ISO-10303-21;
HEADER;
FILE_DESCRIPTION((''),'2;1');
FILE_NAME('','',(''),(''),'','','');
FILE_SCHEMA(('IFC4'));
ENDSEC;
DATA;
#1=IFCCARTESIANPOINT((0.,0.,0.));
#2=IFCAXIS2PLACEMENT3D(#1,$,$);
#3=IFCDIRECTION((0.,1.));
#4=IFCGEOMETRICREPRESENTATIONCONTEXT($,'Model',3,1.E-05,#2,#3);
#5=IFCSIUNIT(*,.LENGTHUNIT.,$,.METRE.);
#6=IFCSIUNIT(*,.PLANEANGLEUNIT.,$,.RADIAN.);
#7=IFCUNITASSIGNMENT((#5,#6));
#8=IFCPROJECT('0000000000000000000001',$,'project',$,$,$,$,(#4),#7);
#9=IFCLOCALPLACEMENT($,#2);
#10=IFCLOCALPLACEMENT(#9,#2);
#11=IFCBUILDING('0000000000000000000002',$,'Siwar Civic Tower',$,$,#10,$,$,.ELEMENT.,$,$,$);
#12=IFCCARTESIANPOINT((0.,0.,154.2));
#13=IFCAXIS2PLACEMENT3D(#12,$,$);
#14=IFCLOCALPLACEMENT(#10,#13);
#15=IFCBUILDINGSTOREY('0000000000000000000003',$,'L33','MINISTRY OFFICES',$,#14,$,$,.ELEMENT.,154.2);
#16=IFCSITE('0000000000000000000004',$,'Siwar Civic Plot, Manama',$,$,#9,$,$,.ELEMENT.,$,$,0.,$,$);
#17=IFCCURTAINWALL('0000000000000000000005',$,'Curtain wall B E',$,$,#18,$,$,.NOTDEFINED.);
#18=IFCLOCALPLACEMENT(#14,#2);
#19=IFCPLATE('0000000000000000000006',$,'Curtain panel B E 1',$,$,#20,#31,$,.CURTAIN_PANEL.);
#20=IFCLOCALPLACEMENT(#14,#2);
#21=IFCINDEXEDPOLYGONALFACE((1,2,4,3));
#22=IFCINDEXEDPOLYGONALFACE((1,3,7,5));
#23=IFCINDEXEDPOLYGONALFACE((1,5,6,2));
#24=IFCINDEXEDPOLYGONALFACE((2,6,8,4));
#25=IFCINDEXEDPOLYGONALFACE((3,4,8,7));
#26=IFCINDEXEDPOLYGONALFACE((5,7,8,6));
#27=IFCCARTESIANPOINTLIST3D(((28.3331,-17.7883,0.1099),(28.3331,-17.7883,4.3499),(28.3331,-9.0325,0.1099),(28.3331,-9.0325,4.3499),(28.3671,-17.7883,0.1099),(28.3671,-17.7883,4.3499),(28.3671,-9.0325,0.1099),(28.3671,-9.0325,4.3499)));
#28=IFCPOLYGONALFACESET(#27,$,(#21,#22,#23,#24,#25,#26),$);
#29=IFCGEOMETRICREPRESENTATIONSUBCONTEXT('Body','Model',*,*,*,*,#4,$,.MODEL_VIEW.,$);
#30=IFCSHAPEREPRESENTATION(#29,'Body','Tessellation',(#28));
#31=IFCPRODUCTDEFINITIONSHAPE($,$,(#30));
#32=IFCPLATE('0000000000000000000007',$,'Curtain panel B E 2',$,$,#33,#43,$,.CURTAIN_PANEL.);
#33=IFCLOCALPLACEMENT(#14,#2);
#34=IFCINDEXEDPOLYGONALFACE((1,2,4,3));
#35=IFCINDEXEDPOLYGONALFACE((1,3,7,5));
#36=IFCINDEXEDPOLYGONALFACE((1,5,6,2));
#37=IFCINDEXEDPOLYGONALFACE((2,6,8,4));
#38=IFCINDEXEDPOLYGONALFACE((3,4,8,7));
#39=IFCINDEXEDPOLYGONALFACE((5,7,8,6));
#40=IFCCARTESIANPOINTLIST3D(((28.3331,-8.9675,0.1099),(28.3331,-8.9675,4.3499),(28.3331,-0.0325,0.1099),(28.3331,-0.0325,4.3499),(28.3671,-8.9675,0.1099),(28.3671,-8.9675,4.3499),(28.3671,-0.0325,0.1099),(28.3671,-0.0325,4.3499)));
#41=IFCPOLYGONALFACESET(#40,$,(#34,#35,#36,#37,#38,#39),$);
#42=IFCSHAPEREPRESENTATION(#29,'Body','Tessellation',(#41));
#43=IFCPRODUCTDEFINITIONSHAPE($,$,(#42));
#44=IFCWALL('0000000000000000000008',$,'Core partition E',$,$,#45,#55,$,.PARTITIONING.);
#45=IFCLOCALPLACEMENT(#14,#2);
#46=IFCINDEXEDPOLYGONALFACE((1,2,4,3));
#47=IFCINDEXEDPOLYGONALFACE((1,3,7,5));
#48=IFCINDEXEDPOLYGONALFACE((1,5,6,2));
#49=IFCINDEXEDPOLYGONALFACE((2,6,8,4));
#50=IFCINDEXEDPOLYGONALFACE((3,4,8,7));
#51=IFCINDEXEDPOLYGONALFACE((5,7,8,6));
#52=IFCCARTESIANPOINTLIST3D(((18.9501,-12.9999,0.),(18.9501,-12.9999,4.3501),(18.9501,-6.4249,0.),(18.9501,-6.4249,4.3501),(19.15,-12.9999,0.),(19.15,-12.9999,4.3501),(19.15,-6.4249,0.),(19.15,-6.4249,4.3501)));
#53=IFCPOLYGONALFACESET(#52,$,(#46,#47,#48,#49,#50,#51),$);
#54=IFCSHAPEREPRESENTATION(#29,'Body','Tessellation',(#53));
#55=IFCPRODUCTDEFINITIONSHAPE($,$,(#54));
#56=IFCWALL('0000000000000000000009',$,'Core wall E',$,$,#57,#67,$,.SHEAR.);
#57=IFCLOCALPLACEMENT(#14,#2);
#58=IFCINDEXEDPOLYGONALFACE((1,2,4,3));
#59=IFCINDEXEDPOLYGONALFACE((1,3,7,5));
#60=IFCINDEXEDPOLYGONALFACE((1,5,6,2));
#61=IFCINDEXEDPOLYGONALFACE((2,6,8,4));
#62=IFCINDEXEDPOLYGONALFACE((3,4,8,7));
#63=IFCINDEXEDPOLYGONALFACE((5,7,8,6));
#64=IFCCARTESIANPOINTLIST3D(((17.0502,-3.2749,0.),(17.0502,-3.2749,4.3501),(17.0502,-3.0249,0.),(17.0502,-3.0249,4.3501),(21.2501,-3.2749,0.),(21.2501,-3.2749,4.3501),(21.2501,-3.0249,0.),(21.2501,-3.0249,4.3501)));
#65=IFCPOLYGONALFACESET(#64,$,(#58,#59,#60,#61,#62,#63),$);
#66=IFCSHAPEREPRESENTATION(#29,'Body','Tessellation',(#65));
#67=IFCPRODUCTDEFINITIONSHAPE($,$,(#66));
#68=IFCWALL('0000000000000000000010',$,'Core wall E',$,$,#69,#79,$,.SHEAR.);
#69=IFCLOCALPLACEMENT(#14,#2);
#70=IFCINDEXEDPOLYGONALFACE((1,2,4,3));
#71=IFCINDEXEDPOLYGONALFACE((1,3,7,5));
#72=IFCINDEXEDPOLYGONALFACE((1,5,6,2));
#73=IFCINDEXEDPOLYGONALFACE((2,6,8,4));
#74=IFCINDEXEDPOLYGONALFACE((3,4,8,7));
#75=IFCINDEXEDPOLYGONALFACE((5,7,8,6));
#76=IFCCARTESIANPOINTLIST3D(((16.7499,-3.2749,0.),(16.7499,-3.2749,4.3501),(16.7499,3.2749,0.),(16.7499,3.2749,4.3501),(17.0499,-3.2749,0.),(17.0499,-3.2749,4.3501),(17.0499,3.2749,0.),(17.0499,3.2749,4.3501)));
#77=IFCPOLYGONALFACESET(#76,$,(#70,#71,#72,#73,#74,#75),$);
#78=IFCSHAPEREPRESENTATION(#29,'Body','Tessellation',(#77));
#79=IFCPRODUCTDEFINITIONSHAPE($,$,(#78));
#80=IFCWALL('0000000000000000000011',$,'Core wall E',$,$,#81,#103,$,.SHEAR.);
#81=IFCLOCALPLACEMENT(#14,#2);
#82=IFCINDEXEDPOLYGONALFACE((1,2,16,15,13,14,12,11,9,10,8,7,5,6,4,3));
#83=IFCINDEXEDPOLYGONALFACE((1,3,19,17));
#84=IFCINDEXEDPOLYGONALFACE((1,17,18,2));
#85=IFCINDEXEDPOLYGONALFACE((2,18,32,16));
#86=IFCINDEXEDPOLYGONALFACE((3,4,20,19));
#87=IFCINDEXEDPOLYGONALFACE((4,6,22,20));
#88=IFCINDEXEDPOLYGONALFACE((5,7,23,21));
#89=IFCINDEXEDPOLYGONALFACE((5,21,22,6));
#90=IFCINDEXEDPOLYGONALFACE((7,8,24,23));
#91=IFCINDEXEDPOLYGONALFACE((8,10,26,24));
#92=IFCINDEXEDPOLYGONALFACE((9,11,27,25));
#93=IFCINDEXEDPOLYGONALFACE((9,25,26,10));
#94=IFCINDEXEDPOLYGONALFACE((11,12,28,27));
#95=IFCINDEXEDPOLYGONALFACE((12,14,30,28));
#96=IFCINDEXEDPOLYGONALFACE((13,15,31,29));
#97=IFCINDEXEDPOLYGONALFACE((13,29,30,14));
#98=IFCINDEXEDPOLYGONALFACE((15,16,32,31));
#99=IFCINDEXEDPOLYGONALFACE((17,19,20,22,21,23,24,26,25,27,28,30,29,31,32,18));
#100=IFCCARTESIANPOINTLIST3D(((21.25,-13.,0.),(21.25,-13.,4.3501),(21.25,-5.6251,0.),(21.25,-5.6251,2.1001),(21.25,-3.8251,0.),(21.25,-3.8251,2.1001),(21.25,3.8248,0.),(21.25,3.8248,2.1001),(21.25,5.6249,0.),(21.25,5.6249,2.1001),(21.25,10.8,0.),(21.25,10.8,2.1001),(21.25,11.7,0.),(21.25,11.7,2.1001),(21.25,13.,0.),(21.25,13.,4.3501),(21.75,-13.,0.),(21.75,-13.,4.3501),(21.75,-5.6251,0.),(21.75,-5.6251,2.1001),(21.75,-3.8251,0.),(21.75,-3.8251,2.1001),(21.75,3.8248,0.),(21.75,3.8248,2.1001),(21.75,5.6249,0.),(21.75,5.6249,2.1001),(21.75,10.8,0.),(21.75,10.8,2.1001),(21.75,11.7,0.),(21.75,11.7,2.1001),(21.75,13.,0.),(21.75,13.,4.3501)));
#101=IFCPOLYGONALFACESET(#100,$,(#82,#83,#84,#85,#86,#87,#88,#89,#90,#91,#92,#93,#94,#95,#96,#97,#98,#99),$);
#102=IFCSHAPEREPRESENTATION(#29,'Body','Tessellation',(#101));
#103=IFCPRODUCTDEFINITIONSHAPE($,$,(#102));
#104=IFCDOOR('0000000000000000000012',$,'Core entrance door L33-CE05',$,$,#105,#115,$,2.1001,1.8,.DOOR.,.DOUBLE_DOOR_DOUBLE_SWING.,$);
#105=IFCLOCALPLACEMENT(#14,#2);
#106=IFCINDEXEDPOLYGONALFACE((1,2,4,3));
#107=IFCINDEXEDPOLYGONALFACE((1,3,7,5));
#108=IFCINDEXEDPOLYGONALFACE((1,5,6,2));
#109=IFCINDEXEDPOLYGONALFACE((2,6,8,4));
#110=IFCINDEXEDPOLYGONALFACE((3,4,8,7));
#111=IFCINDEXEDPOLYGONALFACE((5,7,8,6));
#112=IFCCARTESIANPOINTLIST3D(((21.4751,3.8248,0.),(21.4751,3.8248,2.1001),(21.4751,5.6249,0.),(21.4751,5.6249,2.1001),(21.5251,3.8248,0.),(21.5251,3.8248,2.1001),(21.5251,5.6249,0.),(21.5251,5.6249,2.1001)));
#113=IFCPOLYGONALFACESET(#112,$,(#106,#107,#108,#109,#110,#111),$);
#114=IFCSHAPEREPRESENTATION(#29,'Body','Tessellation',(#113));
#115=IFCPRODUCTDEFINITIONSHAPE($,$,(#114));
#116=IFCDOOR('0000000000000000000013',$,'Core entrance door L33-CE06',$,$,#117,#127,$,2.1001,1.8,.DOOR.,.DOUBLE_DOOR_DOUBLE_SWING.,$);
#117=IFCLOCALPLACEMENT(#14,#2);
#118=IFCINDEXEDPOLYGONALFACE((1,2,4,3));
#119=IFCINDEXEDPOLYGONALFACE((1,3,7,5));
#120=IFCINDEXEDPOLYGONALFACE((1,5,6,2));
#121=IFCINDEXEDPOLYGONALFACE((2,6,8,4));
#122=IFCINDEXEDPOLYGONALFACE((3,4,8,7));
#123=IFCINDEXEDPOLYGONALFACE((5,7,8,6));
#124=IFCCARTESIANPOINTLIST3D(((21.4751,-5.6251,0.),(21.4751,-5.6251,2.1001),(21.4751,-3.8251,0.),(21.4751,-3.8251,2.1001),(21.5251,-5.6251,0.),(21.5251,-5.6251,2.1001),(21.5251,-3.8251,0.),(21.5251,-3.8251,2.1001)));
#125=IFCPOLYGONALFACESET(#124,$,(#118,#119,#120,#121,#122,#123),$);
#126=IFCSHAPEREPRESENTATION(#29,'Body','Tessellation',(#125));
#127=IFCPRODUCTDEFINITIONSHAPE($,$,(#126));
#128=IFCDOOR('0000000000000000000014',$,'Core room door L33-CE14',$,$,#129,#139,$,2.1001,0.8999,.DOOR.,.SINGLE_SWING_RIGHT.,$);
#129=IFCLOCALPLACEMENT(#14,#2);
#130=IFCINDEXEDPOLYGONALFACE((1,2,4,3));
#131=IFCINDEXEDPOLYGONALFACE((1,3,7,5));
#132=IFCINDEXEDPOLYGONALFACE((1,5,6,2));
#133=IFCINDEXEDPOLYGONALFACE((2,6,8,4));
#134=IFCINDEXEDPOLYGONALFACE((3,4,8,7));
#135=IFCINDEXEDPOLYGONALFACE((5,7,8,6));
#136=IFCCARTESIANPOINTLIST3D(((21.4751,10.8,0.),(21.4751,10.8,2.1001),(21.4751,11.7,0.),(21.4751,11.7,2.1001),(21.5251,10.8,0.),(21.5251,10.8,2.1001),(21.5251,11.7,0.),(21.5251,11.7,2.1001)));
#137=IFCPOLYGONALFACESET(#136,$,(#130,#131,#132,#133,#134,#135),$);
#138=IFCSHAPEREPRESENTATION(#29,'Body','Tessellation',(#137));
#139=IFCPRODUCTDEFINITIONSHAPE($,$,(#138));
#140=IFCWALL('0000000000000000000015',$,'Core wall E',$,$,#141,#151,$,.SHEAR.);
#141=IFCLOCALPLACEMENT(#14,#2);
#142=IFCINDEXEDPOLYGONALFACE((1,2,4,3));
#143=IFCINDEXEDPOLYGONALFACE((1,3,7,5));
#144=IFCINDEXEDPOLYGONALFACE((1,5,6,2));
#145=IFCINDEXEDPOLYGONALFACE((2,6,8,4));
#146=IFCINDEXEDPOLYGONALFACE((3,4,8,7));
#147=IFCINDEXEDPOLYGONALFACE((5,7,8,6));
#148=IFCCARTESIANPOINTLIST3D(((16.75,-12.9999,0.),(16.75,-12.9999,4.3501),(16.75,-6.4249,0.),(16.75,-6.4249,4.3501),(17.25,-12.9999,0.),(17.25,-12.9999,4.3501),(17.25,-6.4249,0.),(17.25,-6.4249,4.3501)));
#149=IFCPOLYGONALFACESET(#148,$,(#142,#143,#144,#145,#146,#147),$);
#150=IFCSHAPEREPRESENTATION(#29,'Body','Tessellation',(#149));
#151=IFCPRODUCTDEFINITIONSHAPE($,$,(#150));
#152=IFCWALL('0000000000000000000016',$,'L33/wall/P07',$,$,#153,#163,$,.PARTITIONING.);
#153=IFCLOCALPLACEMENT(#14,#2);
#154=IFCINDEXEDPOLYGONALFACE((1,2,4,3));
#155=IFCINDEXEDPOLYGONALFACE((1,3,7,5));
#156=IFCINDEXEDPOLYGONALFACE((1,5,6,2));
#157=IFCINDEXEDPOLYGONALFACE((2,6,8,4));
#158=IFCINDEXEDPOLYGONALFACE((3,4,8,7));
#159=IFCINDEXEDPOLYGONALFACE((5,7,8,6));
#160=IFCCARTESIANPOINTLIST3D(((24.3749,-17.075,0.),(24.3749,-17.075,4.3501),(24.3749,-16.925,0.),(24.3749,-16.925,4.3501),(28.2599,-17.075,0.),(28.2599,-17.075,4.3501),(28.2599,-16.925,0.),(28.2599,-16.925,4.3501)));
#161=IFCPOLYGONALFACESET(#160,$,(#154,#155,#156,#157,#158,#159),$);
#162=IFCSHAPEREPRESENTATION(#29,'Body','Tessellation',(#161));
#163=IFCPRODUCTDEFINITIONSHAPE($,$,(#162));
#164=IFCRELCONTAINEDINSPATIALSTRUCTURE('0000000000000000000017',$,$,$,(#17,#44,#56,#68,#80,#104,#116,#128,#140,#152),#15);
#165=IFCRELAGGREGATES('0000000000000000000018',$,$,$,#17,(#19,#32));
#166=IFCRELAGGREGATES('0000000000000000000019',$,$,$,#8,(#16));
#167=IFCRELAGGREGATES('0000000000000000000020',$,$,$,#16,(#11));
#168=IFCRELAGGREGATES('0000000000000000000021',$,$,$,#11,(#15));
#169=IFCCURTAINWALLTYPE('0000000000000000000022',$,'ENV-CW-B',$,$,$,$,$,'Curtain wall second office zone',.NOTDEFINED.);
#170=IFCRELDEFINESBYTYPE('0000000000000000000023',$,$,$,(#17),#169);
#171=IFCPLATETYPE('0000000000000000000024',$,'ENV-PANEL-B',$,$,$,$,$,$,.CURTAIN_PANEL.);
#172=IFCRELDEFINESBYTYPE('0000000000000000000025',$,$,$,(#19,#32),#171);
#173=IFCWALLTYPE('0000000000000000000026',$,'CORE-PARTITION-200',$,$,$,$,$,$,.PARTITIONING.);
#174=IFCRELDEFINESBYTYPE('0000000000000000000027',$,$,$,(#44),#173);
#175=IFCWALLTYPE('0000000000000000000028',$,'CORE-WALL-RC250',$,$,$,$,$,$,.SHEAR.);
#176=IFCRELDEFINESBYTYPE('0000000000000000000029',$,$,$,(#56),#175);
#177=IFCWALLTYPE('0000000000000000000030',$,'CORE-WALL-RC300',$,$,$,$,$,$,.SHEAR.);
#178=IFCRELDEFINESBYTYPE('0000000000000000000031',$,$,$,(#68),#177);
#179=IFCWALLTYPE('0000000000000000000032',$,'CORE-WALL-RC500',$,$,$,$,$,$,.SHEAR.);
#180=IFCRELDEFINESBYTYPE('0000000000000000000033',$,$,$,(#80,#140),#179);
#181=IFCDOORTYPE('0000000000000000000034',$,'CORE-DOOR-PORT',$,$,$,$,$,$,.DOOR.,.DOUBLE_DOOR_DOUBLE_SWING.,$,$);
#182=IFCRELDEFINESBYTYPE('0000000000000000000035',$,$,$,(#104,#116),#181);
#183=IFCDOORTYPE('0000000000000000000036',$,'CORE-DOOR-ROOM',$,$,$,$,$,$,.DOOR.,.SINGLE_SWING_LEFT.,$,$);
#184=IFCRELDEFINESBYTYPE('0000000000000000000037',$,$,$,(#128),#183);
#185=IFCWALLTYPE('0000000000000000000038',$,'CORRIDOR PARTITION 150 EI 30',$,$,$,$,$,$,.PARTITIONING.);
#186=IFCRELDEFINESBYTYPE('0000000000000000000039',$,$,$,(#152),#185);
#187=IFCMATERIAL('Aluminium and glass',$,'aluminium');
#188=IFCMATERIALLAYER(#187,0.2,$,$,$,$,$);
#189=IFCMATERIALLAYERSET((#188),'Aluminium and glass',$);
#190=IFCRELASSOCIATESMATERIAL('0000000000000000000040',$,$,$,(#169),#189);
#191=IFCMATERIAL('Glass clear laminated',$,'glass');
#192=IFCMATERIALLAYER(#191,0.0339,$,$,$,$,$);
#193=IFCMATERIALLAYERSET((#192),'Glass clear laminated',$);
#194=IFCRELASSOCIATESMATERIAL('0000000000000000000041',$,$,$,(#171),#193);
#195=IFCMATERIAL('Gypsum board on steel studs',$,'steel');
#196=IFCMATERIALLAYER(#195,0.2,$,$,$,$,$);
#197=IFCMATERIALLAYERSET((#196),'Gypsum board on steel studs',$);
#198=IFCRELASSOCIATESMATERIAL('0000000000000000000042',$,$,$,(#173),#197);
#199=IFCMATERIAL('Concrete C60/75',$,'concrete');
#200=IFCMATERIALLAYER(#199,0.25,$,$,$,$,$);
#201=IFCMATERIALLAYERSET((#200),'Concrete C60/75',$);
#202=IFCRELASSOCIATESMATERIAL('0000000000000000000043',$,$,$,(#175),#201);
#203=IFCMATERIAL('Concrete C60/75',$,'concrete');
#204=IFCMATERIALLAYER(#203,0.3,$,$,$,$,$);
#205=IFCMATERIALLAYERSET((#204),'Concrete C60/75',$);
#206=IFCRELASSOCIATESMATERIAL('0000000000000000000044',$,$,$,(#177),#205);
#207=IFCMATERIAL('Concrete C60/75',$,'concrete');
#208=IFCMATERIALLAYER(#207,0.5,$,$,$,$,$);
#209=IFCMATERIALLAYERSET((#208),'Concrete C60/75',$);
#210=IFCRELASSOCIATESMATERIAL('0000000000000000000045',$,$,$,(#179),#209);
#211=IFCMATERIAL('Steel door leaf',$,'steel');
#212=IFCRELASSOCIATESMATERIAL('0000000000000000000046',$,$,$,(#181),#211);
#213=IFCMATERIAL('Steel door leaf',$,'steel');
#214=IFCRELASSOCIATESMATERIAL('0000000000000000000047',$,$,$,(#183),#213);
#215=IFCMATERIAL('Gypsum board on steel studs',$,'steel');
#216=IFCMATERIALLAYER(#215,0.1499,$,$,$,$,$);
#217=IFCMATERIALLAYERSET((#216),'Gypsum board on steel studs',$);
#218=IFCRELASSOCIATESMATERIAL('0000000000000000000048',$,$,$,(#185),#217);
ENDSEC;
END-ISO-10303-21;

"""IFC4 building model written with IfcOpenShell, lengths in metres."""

from ifc_helpers import new_model, si_unit, direction, frame, frame_2d, origin, origin_2d, place, context, subcontext, project, spatial, rectangle, extrude, material, layer, layer_set, type_object, element, fill, aggregate, save


model = new_model("IFC4")

# Units and contexts
model_context = context("Model", 3, precision=1e-05, world=origin(), true_north=direction((0.0, 1.0)))
body_context = subcontext(model_context, "Body", "Model", "MODEL_VIEW")
ifc_project = project(units=[si_unit("LENGTHUNIT", "METRE"), si_unit("PLANEANGLEUNIT", "RADIAN")], contexts=[model_context])

# Site, building, storey
site_placement = place(None, origin())
site = spatial("IfcSite", under=ifc_project, at=site_placement, Name="Siwar Civic Plot, Manama", CompositionType="ELEMENT", RefElevation=0.0)
building_placement = place(site_placement, origin())
building = spatial("IfcBuilding", under=site, at=building_placement, Name="Siwar Civic Tower", CompositionType="ELEMENT")
storey_placement = place(building_placement, frame((0.0, 0.0, 154.2)))
storey = spatial("IfcBuildingStorey", under=building, at=storey_placement, Name="L33", Description="MINISTRY OFFICES", CompositionType="ELEMENT", Elevation=154.2)

# Curtain wall
ifc_material_1 = material(Name="Aluminium and glass", Category="aluminium")
ifc_layer_1 = layer(ifc_material_1, 0.2)
ifc_layer_set_1 = layer_set([ifc_layer_1], Name="Aluminium and glass")
curtain_wall_type = type_object("IfcCurtainWallType", Name="ENV-CW-B", ElementType="Curtain wall second office zone", PredefinedType="NOTDEFINED", material=ifc_layer_set_1)
curtain_wall_placement = place(storey_placement, origin())
curtain_wall = element("IfcCurtainWall", 1, at=curtain_wall_placement, inside=storey, type_object=curtain_wall_type, Name="Curtain wall B E", PredefinedType="NOTDEFINED")

# Plates
ifc_material_2 = material(Name="Glass clear laminated", Category="glass")
ifc_layer_2 = layer(ifc_material_2, 0.0339)
ifc_layer_set_2 = layer_set([ifc_layer_2], Name="Glass clear laminated")
plate_type = type_object("IfcPlateType", Name="ENV-PANEL-B", PredefinedType="CURTAIN_PANEL", material=ifc_layer_set_2)
plate_1_placement = place(storey_placement, frame((28.3501, -13.4104, 0.1099), z_axis=(0.0, 0.0, 1.0), x_axis=(0.0, 1.0, 0.0)))
plate_1 = element("IfcPlate", 2, at=plate_1_placement, type_object=plate_type, Name="Curtain panel B E 1", PredefinedType="CURTAIN_PANEL", context=body_context, shape_type="SweptSolid", body=[
    extrude(rectangle(XDim=8.7559, YDim=0.0339, at=origin_2d()), origin(), (0.0, 0.0, 1.0), 4.24),
])
plate_2_placement = place(storey_placement, frame((28.3501, -4.5, 0.1099), z_axis=(0.0, 0.0, 1.0), x_axis=(0.0, 1.0, 0.0)))
plate_2 = element("IfcPlate", 3, at=plate_2_placement, type_object=plate_type, Name="Curtain panel B E 2", PredefinedType="CURTAIN_PANEL", context=body_context, shape_type="SweptSolid", body=[
    extrude(rectangle(XDim=8.9351, YDim=0.0339, at=origin_2d()), origin(), (0.0, 0.0, 1.0), 4.24),
])
aggregate(curtain_wall, [plate_1, plate_2])

# Walls
ifc_material_3 = material(Name="Gypsum board on steel studs", Category="steel")
ifc_layer_3 = layer(ifc_material_3, 0.2)
ifc_layer_set_3 = layer_set([ifc_layer_3], Name="Gypsum board on steel studs")
wall_type_1 = type_object("IfcWallType", Name="CORE-PARTITION-200", PredefinedType="PARTITIONING", material=ifc_layer_set_3)
wall_1_placement = place(storey_placement, frame((19.05, -13.0, 0.0), z_axis=(0.0, 0.0, 1.0), x_axis=(0.0, 1.0, 0.0)))
element("IfcWall", 4, at=wall_1_placement, inside=storey, type_object=wall_type_1, Name="Core partition E", PredefinedType="PARTITIONING", context=body_context, shape_type="SweptSolid", body=[
    extrude(rectangle(XDim=6.575, YDim=0.2, at=frame_2d((3.2876, 0.0))), origin(), (0.0, 0.0, 1.0), 4.3501),
])
ifc_material_4 = material(Name="Concrete C60/75", Category="concrete")
ifc_layer_4 = layer(ifc_material_4, 0.25)
ifc_layer_set_4 = layer_set([ifc_layer_4], Name="Concrete C60/75")
wall_type_2 = type_object("IfcWallType", Name="CORE-WALL-RC250", PredefinedType="SHEAR", material=ifc_layer_set_4)
wall_2_placement = place(storey_placement, frame((17.05, -3.1499, 0.0), z_axis=(0.0, 0.0, 1.0), x_axis=(1.0, 0.0, 0.0)))
element("IfcWall", 5, at=wall_2_placement, inside=storey, type_object=wall_type_2, Name="Core wall E", PredefinedType="SHEAR", context=body_context, shape_type="SweptSolid", body=[
    extrude(rectangle(XDim=4.2, YDim=0.25, at=frame_2d((2.1001, 0.0))), origin(), (0.0, 0.0, 1.0), 4.3501),
])
ifc_material_5 = material(Name="Concrete C60/75", Category="concrete")
ifc_layer_5 = layer(ifc_material_5, 0.3)
ifc_layer_set_5 = layer_set([ifc_layer_5], Name="Concrete C60/75")
wall_type_3 = type_object("IfcWallType", Name="CORE-WALL-RC300", PredefinedType="SHEAR", material=ifc_layer_set_5)
wall_3_placement = place(storey_placement, frame((16.8999, -3.2749, 0.0), z_axis=(0.0, 0.0, 1.0), x_axis=(0.0, 1.0, 0.0)))
element("IfcWall", 6, at=wall_3_placement, inside=storey, type_object=wall_type_3, Name="Core wall E", PredefinedType="SHEAR", context=body_context, shape_type="SweptSolid", body=[
    extrude(rectangle(XDim=6.5498, YDim=0.3, at=frame_2d((3.2749, 0.0))), origin(), (0.0, 0.0, 1.0), 4.3501),
])

# Wall, openings, doors
ifc_material_6 = material(Name="Concrete C60/75", Category="concrete")
ifc_layer_6 = layer(ifc_material_6, 0.5)
ifc_layer_set_6 = layer_set([ifc_layer_6], Name="Concrete C60/75")
wall_type_4 = type_object("IfcWallType", Name="CORE-WALL-RC500", PredefinedType="SHEAR", material=ifc_layer_set_6)
wall_4_placement = place(storey_placement, frame((21.5, -13.0, 0.0), z_axis=(0.0, 0.0, 1.0), x_axis=(0.0, 1.0, 0.0)))
wall_4 = element("IfcWall", 7, at=wall_4_placement, inside=storey, type_object=wall_type_4, Name="Core wall E", PredefinedType="SHEAR", context=body_context, shape_type="SweptSolid", body=[
    extrude(rectangle(XDim=26.0, YDim=0.5, at=frame_2d((13.0, 0.0))), origin(), (0.0, 0.0, 1.0), 4.3501),
])
opening_1_placement = place(wall_4_placement, frame((16.825, 0.0, 0.0)))
opening_1 = element("IfcOpeningElement", 8, at=opening_1_placement, cuts=wall_4, PredefinedType="OPENING", context=body_context, shape_type="SweptSolid", body=[
    extrude(rectangle(XDim=1.8, YDim=2.1001, at=frame_2d((0.8999, 1.05))), frame((0.0, 0.26, 0.0), z_axis=(0.0, -1.0, 0.0), x_axis=(1.0, 0.0, 0.0)), (0.0, 0.0, 1.0), 0.52),
])
opening_2_placement = place(wall_4_placement, frame((7.375, 0.0, 0.0)))
opening_2 = element("IfcOpeningElement", 9, at=opening_2_placement, cuts=wall_4, PredefinedType="OPENING", context=body_context, shape_type="SweptSolid", body=[
    extrude(rectangle(XDim=1.8, YDim=2.1001, at=frame_2d((0.8999, 1.05))), frame((0.0, 0.26, 0.0), z_axis=(0.0, -1.0, 0.0), x_axis=(1.0, 0.0, 0.0)), (0.0, 0.0, 1.0), 0.52),
])
opening_3_placement = place(wall_4_placement, frame((23.8, 0.0, 0.0)))
opening_3 = element("IfcOpeningElement", 10, at=opening_3_placement, cuts=wall_4, PredefinedType="OPENING", context=body_context, shape_type="SweptSolid", body=[
    extrude(rectangle(XDim=0.8999, YDim=2.1001, at=frame_2d((0.45, 1.05))), frame((0.0, 0.26, 0.0), z_axis=(0.0, -1.0, 0.0), x_axis=(1.0, 0.0, 0.0)), (0.0, 0.0, 1.0), 0.52),
])
ifc_material_7 = material(Name="Steel door leaf", Category="steel")
door_type_1 = type_object("IfcDoorType", Name="CORE-DOOR-PORT", OperationType="DOUBLE_DOOR_DOUBLE_SWING", PredefinedType="DOOR", material=ifc_material_7)
door_1_placement = place(opening_1_placement, origin())
door_1 = element("IfcDoor", 11, at=door_1_placement, inside=storey, type_object=door_type_1, Name="Core entrance door L33-CE05", OperationType="DOUBLE_DOOR_DOUBLE_SWING", OverallHeight=2.1001, OverallWidth=1.8, PredefinedType="DOOR", context=body_context, shape_type="SweptSolid", body=[
    extrude(rectangle(XDim=1.8, YDim=2.1001, at=frame_2d((0.8999, 1.05))), frame((0.0, 0.0249, 0.0), z_axis=(0.0, -1.0, 0.0), x_axis=(1.0, 0.0, 0.0)), (0.0, 0.0, 1.0), 0.05),
])
fill(opening_1, door_1)
door_2_placement = place(opening_2_placement, origin())
door_2 = element("IfcDoor", 12, at=door_2_placement, inside=storey, type_object=door_type_1, Name="Core entrance door L33-CE06", OperationType="DOUBLE_DOOR_DOUBLE_SWING", OverallHeight=2.1001, OverallWidth=1.8, PredefinedType="DOOR", context=body_context, shape_type="SweptSolid", body=[
    extrude(rectangle(XDim=1.8, YDim=2.1001, at=frame_2d((0.8999, 1.05))), frame((0.0, 0.0249, 0.0), z_axis=(0.0, -1.0, 0.0), x_axis=(1.0, 0.0, 0.0)), (0.0, 0.0, 1.0), 0.05),
])
fill(opening_2, door_2)
ifc_material_8 = material(Name="Steel door leaf", Category="steel")
door_type_2 = type_object("IfcDoorType", Name="CORE-DOOR-ROOM", OperationType="SINGLE_SWING_LEFT", PredefinedType="DOOR", material=ifc_material_8)
door_3_placement = place(opening_3_placement, origin())
door_3 = element("IfcDoor", 13, at=door_3_placement, inside=storey, type_object=door_type_2, Name="Core room door L33-CE14", OperationType="SINGLE_SWING_RIGHT", OverallHeight=2.1001, OverallWidth=0.8999, PredefinedType="DOOR", context=body_context, shape_type="SweptSolid", body=[
    extrude(rectangle(XDim=0.8999, YDim=2.1001, at=frame_2d((0.45, 1.05))), frame((0.0, 0.0249, 0.0), z_axis=(0.0, -1.0, 0.0), x_axis=(1.0, 0.0, 0.0)), (0.0, 0.0, 1.0), 0.05),
])
fill(opening_3, door_3)

# Walls
wall_5_placement = place(storey_placement, frame((17.0, -13.0, 0.0), z_axis=(0.0, 0.0, 1.0), x_axis=(0.0, 1.0, 0.0)))
element("IfcWall", 14, at=wall_5_placement, inside=storey, type_object=wall_type_4, Name="Core wall E", PredefinedType="SHEAR", context=body_context, shape_type="SweptSolid", body=[
    extrude(rectangle(XDim=6.575, YDim=0.5, at=frame_2d((3.2876, 0.0))), origin(), (0.0, 0.0, 1.0), 4.3501),
])
ifc_material_9 = material(Name="Gypsum board on steel studs", Category="steel")
ifc_layer_7 = layer(ifc_material_9, 0.1499)
ifc_layer_set_7 = layer_set([ifc_layer_7], Name="Gypsum board on steel studs")
wall_type_5 = type_object("IfcWallType", Name="CORRIDOR PARTITION 150 EI 30", PredefinedType="PARTITIONING", material=ifc_layer_set_7)
wall_6_placement = place(storey_placement, frame((24.375, -17.0, 0.0), z_axis=(0.0, 0.0, 1.0), x_axis=(1.0, 0.0, 0.0)))
element("IfcWall", 15, at=wall_6_placement, inside=storey, type_object=wall_type_5, Name="L33/wall/P07", PredefinedType="PARTITIONING", context=body_context, shape_type="SweptSolid", body=[
    extrude(rectangle(XDim=3.885, YDim=0.1499, at=frame_2d((1.9424, 0.0))), origin(), (0.0, 0.0, 1.0), 4.3501),
])

save(model, "model.ifc")
